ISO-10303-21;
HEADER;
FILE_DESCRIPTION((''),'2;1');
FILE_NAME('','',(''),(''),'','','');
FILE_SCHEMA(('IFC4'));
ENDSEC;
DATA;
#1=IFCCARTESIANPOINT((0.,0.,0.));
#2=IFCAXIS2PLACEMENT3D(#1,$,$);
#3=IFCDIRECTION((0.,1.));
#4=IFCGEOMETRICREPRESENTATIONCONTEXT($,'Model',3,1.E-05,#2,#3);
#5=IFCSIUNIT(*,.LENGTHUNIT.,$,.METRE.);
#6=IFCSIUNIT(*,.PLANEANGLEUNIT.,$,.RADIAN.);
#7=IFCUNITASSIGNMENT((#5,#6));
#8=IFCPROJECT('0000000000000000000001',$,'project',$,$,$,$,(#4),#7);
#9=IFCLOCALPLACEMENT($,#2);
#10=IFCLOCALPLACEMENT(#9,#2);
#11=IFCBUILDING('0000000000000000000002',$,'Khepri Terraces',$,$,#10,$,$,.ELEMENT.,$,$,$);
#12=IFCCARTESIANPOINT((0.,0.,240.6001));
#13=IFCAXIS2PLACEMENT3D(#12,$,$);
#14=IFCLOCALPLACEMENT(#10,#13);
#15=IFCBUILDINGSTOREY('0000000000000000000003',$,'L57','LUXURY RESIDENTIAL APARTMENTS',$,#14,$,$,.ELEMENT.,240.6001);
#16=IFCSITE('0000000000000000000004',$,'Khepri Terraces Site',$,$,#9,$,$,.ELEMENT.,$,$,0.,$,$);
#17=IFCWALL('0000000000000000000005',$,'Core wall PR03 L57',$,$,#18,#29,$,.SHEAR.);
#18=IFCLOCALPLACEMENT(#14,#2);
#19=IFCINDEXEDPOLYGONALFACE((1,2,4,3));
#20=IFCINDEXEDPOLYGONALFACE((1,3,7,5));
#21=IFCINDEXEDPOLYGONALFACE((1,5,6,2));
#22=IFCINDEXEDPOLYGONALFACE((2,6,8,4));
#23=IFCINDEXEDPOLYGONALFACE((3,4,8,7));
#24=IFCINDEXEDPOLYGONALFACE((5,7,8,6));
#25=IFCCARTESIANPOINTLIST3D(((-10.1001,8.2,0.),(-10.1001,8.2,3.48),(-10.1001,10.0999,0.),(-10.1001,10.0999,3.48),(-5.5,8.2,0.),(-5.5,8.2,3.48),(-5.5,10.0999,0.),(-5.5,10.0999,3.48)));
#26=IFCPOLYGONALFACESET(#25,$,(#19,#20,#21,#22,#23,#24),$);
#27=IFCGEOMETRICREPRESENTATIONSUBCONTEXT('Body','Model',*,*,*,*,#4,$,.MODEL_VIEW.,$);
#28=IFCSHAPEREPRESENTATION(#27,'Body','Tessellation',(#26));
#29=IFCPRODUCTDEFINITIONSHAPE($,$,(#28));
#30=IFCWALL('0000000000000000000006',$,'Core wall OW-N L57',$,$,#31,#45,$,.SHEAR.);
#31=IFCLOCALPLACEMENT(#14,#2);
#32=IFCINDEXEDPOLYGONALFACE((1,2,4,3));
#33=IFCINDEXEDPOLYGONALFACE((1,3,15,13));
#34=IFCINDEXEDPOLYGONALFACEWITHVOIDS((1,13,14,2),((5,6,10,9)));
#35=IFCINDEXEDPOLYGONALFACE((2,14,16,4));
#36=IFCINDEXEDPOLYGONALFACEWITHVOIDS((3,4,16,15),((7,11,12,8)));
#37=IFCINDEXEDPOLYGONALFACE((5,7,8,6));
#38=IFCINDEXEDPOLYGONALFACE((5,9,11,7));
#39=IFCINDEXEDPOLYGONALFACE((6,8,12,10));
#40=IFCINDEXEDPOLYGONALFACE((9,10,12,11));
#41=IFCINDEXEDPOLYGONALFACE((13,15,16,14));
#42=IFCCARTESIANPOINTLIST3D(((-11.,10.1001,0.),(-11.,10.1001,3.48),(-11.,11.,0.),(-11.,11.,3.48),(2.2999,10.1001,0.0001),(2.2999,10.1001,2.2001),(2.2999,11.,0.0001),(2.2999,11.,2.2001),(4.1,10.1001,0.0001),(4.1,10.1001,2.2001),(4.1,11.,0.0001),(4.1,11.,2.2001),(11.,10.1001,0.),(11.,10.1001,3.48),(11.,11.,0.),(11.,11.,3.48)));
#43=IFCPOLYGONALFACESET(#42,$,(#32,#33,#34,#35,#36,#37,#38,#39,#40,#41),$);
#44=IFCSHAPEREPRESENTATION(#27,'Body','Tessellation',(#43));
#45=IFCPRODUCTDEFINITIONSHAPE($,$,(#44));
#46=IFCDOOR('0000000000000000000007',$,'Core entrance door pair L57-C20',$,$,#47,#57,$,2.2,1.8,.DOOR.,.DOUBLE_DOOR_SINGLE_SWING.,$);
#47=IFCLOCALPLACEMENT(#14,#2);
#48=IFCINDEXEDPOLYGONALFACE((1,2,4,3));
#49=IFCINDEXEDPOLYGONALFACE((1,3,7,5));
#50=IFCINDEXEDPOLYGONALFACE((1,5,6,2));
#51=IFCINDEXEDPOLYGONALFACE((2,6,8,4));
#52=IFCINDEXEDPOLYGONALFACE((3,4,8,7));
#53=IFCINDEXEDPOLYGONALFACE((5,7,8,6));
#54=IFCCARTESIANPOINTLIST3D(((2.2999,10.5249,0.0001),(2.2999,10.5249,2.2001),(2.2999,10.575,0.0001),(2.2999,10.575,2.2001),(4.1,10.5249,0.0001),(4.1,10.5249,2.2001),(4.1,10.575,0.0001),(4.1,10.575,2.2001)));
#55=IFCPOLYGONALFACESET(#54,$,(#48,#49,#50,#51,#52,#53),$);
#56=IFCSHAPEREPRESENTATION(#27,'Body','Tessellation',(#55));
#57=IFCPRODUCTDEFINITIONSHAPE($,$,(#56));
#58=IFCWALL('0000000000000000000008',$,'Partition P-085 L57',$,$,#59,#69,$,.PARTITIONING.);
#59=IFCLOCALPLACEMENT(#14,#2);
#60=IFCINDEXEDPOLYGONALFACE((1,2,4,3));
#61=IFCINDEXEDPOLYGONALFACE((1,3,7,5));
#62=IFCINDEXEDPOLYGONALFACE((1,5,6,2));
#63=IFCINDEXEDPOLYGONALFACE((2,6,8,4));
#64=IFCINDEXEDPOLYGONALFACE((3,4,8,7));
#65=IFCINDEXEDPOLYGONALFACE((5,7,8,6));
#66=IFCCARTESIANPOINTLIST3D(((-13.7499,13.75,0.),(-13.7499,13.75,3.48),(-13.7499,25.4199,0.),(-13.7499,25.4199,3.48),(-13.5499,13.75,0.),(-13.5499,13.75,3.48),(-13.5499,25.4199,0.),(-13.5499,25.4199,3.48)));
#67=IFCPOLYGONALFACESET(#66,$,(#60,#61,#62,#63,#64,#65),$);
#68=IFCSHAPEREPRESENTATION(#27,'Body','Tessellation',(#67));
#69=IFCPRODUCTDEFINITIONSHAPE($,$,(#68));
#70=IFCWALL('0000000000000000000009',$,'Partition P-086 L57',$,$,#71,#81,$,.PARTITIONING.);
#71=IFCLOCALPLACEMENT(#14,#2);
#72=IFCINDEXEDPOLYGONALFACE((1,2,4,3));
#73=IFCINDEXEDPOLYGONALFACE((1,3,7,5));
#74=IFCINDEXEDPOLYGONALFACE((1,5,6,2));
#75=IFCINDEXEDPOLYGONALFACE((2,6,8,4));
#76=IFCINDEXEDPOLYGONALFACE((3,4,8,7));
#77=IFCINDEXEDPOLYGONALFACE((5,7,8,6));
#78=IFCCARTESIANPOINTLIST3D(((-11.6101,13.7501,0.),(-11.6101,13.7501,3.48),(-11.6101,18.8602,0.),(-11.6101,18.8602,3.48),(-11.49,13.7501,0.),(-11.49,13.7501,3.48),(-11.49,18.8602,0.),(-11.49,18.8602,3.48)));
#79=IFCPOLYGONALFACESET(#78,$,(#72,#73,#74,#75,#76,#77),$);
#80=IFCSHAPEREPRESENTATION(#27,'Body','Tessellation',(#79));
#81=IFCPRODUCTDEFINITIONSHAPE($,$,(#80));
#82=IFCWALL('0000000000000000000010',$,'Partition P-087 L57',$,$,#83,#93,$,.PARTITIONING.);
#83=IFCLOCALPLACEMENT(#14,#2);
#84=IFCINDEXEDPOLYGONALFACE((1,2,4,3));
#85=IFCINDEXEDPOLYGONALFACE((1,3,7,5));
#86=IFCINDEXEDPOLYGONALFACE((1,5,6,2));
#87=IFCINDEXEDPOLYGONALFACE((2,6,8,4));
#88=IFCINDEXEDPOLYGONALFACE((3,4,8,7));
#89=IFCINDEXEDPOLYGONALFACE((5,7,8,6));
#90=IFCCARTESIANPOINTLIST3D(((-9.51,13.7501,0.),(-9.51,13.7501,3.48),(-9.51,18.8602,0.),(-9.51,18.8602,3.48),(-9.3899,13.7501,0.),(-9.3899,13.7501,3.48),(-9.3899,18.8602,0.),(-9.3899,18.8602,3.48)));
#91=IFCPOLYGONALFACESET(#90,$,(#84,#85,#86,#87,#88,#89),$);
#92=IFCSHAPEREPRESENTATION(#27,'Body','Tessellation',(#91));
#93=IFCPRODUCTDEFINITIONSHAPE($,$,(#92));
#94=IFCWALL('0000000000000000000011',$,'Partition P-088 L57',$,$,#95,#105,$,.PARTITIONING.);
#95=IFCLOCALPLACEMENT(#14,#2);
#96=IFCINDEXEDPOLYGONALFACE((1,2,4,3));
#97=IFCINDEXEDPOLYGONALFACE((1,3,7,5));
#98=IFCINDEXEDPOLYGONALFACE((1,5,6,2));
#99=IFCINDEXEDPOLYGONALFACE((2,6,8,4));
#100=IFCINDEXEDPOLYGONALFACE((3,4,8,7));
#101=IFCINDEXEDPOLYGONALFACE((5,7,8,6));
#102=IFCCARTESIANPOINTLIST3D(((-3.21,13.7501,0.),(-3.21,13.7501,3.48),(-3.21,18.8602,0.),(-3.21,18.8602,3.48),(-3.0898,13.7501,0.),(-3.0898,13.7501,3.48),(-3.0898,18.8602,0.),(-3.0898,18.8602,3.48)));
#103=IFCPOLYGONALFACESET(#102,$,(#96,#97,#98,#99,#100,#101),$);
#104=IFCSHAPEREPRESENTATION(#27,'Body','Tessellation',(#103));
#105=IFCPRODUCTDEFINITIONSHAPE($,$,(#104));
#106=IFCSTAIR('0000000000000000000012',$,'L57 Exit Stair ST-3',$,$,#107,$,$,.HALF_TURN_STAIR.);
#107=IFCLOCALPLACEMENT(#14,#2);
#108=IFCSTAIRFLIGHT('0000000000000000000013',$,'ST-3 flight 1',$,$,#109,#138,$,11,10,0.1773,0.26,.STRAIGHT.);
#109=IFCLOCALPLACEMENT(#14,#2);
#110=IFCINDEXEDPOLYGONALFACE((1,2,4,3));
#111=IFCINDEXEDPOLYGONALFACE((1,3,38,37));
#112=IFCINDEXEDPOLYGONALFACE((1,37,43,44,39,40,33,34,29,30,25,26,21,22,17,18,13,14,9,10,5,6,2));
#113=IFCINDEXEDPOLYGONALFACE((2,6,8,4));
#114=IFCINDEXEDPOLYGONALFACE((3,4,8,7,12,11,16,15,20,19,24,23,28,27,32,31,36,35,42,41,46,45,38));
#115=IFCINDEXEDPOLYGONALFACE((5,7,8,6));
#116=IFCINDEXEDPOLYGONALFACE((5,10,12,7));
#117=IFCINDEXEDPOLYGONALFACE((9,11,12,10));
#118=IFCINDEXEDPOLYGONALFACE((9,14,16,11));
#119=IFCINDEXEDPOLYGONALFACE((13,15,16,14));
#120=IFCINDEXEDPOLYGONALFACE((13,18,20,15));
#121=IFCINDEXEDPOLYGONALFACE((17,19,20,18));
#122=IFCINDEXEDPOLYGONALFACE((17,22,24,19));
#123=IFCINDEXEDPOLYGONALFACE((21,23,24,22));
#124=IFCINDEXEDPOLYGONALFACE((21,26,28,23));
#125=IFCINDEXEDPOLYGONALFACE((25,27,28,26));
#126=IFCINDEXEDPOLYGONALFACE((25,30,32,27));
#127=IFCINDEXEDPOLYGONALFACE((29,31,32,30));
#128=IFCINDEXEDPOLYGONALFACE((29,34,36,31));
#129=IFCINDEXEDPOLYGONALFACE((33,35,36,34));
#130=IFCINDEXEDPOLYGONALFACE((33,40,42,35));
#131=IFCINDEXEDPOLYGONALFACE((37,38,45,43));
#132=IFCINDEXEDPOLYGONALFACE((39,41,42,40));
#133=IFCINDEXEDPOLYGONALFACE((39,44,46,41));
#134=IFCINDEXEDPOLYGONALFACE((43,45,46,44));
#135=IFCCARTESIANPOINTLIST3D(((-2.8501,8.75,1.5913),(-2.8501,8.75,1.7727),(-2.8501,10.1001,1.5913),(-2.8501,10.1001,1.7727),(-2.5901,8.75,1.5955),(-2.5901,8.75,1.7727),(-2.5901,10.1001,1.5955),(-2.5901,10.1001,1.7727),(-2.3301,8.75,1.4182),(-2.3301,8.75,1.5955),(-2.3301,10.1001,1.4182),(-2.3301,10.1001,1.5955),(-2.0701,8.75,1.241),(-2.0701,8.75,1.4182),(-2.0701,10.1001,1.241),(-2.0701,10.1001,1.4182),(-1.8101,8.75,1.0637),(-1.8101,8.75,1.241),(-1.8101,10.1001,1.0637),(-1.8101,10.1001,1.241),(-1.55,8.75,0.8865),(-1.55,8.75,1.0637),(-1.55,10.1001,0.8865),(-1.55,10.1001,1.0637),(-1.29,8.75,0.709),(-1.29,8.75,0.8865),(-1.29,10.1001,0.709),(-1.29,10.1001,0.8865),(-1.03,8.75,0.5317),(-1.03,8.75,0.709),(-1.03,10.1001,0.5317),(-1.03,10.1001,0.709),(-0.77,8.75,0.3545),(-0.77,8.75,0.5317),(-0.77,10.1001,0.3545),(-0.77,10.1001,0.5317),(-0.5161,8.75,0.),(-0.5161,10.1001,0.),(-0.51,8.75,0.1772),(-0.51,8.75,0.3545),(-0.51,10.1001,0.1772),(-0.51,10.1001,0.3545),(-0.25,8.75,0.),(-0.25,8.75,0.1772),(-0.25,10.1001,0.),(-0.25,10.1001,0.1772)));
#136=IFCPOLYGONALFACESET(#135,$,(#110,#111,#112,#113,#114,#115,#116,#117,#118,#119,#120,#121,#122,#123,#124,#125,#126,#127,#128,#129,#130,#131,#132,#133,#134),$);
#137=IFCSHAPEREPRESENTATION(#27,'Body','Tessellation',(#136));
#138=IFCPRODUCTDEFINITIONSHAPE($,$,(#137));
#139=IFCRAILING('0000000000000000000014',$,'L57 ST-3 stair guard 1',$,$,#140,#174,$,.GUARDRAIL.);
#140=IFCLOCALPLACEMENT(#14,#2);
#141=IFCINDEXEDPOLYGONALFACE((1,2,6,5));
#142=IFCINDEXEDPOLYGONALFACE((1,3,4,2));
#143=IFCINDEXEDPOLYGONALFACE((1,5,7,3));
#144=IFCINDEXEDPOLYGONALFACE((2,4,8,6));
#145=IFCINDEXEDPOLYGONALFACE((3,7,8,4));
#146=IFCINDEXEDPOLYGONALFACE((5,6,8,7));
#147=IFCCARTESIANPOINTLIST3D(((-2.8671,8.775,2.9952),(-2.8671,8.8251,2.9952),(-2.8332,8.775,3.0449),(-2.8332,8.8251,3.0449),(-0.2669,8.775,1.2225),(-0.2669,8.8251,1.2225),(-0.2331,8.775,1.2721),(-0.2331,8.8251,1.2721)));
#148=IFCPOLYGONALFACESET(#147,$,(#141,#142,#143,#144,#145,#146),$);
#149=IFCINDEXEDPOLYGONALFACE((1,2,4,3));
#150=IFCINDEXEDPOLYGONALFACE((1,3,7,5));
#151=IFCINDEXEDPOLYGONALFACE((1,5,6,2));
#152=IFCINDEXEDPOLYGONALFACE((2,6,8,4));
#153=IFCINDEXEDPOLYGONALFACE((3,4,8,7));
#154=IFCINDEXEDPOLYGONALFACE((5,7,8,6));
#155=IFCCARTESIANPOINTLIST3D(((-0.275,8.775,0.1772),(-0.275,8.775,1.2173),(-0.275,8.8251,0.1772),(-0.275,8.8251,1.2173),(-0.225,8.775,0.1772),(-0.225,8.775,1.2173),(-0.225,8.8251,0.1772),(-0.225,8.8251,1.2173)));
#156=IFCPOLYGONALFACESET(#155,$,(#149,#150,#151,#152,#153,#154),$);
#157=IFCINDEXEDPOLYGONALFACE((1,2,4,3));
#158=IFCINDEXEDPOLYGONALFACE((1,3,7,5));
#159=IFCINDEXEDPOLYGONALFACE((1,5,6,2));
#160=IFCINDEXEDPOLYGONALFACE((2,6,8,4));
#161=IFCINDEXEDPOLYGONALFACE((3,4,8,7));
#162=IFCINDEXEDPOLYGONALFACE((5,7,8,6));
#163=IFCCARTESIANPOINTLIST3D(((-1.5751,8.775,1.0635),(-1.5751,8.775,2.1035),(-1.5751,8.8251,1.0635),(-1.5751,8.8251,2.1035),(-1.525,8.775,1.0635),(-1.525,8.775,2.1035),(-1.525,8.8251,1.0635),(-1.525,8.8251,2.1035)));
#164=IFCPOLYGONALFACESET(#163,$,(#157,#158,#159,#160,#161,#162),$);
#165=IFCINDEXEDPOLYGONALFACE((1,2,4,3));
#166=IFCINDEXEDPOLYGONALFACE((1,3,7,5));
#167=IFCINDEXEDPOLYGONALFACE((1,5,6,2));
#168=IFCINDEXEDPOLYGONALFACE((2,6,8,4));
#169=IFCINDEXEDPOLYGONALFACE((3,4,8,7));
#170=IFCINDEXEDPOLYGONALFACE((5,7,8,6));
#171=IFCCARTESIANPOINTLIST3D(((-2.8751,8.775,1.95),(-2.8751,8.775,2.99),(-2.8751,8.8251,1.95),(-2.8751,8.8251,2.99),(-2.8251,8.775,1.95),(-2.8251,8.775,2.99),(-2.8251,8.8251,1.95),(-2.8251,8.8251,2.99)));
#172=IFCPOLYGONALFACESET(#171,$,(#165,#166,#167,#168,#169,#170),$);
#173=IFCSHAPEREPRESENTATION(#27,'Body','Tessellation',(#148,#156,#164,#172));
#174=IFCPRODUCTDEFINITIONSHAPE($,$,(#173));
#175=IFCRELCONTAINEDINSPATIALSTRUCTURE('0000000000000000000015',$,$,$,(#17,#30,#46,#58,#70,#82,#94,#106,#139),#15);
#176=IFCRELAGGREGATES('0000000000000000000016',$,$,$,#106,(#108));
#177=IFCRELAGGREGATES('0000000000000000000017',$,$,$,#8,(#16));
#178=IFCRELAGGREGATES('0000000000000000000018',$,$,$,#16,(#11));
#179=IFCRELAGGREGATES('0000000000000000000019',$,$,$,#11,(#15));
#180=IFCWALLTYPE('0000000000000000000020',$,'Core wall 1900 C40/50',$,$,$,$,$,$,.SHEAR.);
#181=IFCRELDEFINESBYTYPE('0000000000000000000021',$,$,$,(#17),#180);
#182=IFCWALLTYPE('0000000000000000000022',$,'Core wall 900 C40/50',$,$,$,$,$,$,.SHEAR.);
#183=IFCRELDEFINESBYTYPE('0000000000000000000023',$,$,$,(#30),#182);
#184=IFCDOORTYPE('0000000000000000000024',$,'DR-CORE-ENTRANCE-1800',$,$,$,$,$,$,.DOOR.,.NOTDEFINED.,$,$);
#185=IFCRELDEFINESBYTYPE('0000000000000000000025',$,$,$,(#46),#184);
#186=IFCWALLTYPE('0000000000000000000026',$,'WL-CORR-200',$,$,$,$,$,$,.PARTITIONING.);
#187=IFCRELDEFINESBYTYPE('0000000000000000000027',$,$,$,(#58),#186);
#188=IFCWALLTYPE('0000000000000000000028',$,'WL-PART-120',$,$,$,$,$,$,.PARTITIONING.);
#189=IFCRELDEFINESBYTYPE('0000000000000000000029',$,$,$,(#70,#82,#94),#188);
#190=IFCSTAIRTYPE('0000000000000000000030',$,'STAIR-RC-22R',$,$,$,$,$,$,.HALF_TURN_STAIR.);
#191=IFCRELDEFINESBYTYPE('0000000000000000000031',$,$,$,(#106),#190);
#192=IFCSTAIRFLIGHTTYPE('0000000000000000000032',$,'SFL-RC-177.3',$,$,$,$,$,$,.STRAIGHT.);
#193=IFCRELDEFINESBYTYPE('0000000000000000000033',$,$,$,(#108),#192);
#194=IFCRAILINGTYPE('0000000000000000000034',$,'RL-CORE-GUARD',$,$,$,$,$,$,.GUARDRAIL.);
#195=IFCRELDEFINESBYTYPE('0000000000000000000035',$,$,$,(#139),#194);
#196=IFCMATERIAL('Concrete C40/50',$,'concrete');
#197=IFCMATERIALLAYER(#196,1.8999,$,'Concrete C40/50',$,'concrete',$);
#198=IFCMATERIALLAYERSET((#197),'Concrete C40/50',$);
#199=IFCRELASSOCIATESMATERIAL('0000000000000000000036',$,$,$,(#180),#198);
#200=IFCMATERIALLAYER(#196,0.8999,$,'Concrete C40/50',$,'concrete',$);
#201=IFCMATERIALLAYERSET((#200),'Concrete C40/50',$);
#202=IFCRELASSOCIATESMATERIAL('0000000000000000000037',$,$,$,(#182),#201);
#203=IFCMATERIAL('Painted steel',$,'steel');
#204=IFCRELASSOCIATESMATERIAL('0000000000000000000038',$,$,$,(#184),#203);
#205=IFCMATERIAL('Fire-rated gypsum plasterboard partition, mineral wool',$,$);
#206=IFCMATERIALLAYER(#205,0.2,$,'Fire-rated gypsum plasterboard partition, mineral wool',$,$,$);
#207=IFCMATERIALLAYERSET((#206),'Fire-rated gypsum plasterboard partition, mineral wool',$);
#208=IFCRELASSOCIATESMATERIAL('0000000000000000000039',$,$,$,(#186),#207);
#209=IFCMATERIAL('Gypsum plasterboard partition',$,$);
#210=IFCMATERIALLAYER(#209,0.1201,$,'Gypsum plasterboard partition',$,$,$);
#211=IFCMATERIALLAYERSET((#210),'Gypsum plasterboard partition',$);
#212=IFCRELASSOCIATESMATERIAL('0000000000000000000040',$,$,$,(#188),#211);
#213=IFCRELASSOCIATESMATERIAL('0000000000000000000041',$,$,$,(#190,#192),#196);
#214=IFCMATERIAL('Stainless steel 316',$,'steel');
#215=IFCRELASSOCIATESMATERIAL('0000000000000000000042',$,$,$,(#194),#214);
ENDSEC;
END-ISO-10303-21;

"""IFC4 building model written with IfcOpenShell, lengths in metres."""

from ifc_helpers import new_model, si_unit, direction, frame, frame_2d, origin, origin_2d, place, context, subcontext, project, spatial, polyline, rectangle, outline, extrude, material, layer, layer_set, type_object, element, fill, aggregate, save


model = new_model("IFC4")

# Units and contexts
model_context = context("Model", 3, precision=1e-05, world=origin(), true_north=direction((0.0, 1.0)))
body_context = subcontext(model_context, "Body", "Model", "MODEL_VIEW")
ifc_project = project(units=[si_unit("LENGTHUNIT", "METRE"), si_unit("PLANEANGLEUNIT", "RADIAN")], contexts=[model_context])

# Site, building, storey
site_placement = place(None, origin())
site = spatial("IfcSite", under=ifc_project, at=site_placement, Name="Khepri Terraces Site", CompositionType="ELEMENT", RefElevation=0.0)
building_placement = place(site_placement, origin())
building = spatial("IfcBuilding", under=site, at=building_placement, Name="Khepri Terraces", CompositionType="ELEMENT")
storey_placement = place(building_placement, frame((0.0, 0.0, 240.6001)))
storey = spatial("IfcBuildingStorey", under=building, at=storey_placement, Name="L57", Description="LUXURY RESIDENTIAL APARTMENTS", CompositionType="ELEMENT", Elevation=240.6001)

# Wall
ifc_material_1 = material(Name="Concrete C40/50", Category="concrete")
ifc_layer_1 = layer(ifc_material_1, 1.8999, Name="Concrete C40/50", Category="concrete")
ifc_layer_set_1 = layer_set([ifc_layer_1], Name="Concrete C40/50")
wall_type_1 = type_object("IfcWallType", Name="Core wall 1900 C40/50", PredefinedType="SHEAR", material=ifc_layer_set_1)
wall_1_placement = place(storey_placement, frame((-10.1001, 9.1499, 0.0), z_axis=(0.0, 0.0, 1.0), x_axis=(1.0, 0.0, 0.0)))
element("IfcWall", 1, at=wall_1_placement, inside=storey, type_object=wall_type_1, Name="Core wall PR03 L57", PredefinedType="SHEAR", context=body_context, shape_type="SweptSolid", body=[
    extrude(rectangle(XDim=4.6001, YDim=1.8999, at=frame_2d((2.3, 0.0))), origin(), (0.0, 0.0, 1.0), 3.48),
])

# Wall, opening, door
ifc_layer_2 = layer(ifc_material_1, 0.8999, Name="Concrete C40/50", Category="concrete")
ifc_layer_set_2 = layer_set([ifc_layer_2], Name="Concrete C40/50")
wall_type_2 = type_object("IfcWallType", Name="Core wall 900 C40/50", PredefinedType="SHEAR", material=ifc_layer_set_2)
wall_2_placement = place(storey_placement, frame((-11.0, 10.55, 0.0), z_axis=(0.0, 0.0, 1.0), x_axis=(1.0, 0.0, 0.0)))
wall_2 = element("IfcWall", 2, at=wall_2_placement, inside=storey, type_object=wall_type_2, Name="Core wall OW-N L57", PredefinedType="SHEAR", context=body_context, shape_type="SweptSolid", body=[
    extrude(rectangle(XDim=22.0, YDim=0.8999, at=frame_2d((11.0, 0.0))), origin(), (0.0, 0.0, 1.0), 3.48),
])
opening_placement = place(wall_2_placement, frame((13.3, 0.0, 0.0)))
opening = element("IfcOpeningElement", 3, at=opening_placement, cuts=wall_2, PredefinedType="OPENING", context=body_context, shape_type="SweptSolid", body=[
    extrude(rectangle(XDim=1.8, YDim=2.2, at=frame_2d((0.8999, 1.1001))), frame((0.0, 0.46, 0.0), z_axis=(0.0, -1.0, 0.0), x_axis=(1.0, 0.0, 0.0)), (0.0, 0.0, 1.0), 0.9199),
])
ifc_material_2 = material(Name="Painted steel", Category="steel")
door_type = type_object("IfcDoorType", Name="DR-CORE-ENTRANCE-1800", OperationType="NOTDEFINED", PredefinedType="DOOR", material=ifc_material_2)
door_placement = place(opening_placement, origin())
door = element("IfcDoor", 4, at=door_placement, inside=storey, type_object=door_type, Name="Core entrance door pair L57-C20", OperationType="DOUBLE_DOOR_SINGLE_SWING", OverallHeight=2.2, OverallWidth=1.8, PredefinedType="DOOR", context=body_context, shape_type="SweptSolid", body=[
    extrude(rectangle(XDim=1.8, YDim=2.2, at=frame_2d((0.8999, 1.1001))), frame((0.0, 0.0249, 0.0), z_axis=(0.0, -1.0, 0.0), x_axis=(1.0, 0.0, 0.0)), (0.0, 0.0, 1.0), 0.05),
])
fill(opening, door)

# Walls
ifc_material_3 = material(Name="Fire-rated gypsum plasterboard partition, mineral wool")
ifc_layer_3 = layer(ifc_material_3, 0.2, Name="Fire-rated gypsum plasterboard partition, mineral wool")
ifc_layer_set_3 = layer_set([ifc_layer_3], Name="Fire-rated gypsum plasterboard partition, mineral wool")
wall_type_3 = type_object("IfcWallType", Name="WL-CORR-200", PredefinedType="PARTITIONING", material=ifc_layer_set_3)
wall_3_placement = place(storey_placement, frame((-13.6499, 13.75, 0.0), z_axis=(0.0, 0.0, 1.0), x_axis=(0.0, 1.0, 0.0)))
element("IfcWall", 5, at=wall_3_placement, inside=storey, type_object=wall_type_3, Name="Partition P-085 L57", PredefinedType="PARTITIONING", context=body_context, shape_type="SweptSolid", body=[
    extrude(rectangle(XDim=11.6699, YDim=0.2, at=frame_2d((5.835, 0.0))), origin(), (0.0, 0.0, 1.0), 3.48),
])
ifc_material_4 = material(Name="Gypsum plasterboard partition")
ifc_layer_4 = layer(ifc_material_4, 0.1201, Name="Gypsum plasterboard partition")
ifc_layer_set_4 = layer_set([ifc_layer_4], Name="Gypsum plasterboard partition")
wall_type_4 = type_object("IfcWallType", Name="WL-PART-120", PredefinedType="PARTITIONING", material=ifc_layer_set_4)
for number, where, z_axis, x_axis, name in (
    (6, (-11.55, 13.75, 0.0), (0.0, 0.0, 1.0), (0.0, 1.0, 0.0), "Partition P-086 L57"),
    (7, (-9.45, 13.75, 0.0), (0.0, 0.0, 1.0), (0.0, 1.0, 0.0), "Partition P-087 L57"),
    (8, (-3.1499, 13.75, 0.0), (0.0, 0.0, 1.0), (0.0, 1.0, 0.0), "Partition P-088 L57"),
):
    element("IfcWall", number, at=place(storey_placement, frame(where, z_axis=z_axis, x_axis=x_axis)), inside=storey, type_object=wall_type_4, Name=name, PredefinedType="PARTITIONING", context=body_context, shape_type="SweptSolid", body=[
        extrude(rectangle(XDim=5.1101, YDim=0.1201, at=frame_2d((2.5552, 0.0))), origin(), (0.0, 0.0, 1.0), 3.48),
    ])

# Stair, stair flight
stair_type = type_object("IfcStairType", Name="STAIR-RC-22R", PredefinedType="HALF_TURN_STAIR", material=ifc_material_1)
stair_placement = place(storey_placement, origin())
stair = element("IfcStair", 9, at=stair_placement, inside=storey, type_object=stair_type, Name="L57 Exit Stair ST-3", PredefinedType="HALF_TURN_STAIR")
stair_flight_type = type_object("IfcStairFlightType", Name="SFL-RC-177.3", PredefinedType="STRAIGHT", material=ifc_material_1)
stair_flight_placement = place(storey_placement, frame((-0.25, 9.425, 0.0), z_axis=(0.0, 0.0, 1.0), x_axis=(-1.0, 0.0, 0.0)))
stair_flight = element("IfcStairFlight", 10, at=stair_flight_placement, type_object=stair_flight_type, Name="ST-3 flight 1", NumberOfRisers=11, NumberOfTreads=10, PredefinedType="STRAIGHT", RiserHeight=0.1773, TreadLength=0.26, context=body_context, shape_type="SweptSolid", body=[
    extrude(outline(polyline([(0.0, 0.0), (0.0, 0.1772), (0.26, 0.1772), (0.26, 0.3545), (0.52, 0.3545), (0.52, 0.5317), (0.78, 0.5317), (0.78, 0.709), (1.04, 0.709), (1.04, 0.8865), (1.3, 0.8865), (1.3, 1.0637), (1.5601, 1.0637), (1.5601, 1.241), (1.8201, 1.241), (1.8201, 1.4182), (2.0801, 1.4182), (2.0801, 1.5955), (2.3401, 1.5955), (2.3401, 1.7727), (2.6001, 1.7727), (2.6001, 1.95), (2.6001, 1.5913), (0.2661, 0.0), (0.0, 0.0)])), frame((0.0, 0.675, 0.0), z_axis=(0.0, -1.0, 0.0), x_axis=(1.0, 0.0, 0.0)), (0.0, 0.0, 1.0), 1.3501),
])
aggregate(stair, [stair_flight])

# Railing
ifc_material_5 = material(Name="Stainless steel 316", Category="steel")
railing_type_1 = type_object("IfcRailingType", Name="RL-CORE-GUARD", PredefinedType="GUARDRAIL", material=ifc_material_5)
railing_1_placement = place(storey_placement, frame((-0.25, 8.8, 0.1772)))
element("IfcRailing", 11, at=railing_1_placement, inside=storey, type_object=railing_type_1, Name="L57 ST-3 stair guard 1", PredefinedType="GUARDRAIL", context=body_context, shape_type="SweptSolid", body=[
    extrude(rectangle(XDim=0.05, YDim=0.0601, at=origin_2d()), frame((0.0, 0.0, 1.0701), z_axis=(-0.82624, 0.0, 0.563318), x_axis=(0.0, -1.0, 0.0)), (0.0, 0.0, 1.0), 3.147),
    extrude(rectangle(XDim=0.05, YDim=0.05, at=origin_2d()), origin(), (0.0, 0.0, 1.0), 1.04),
    extrude(rectangle(XDim=0.05, YDim=0.05, at=origin_2d()), frame((-1.3, 0.0, 0.8862)), (0.0, 0.0, 1.0), 1.04),
    extrude(rectangle(XDim=0.05, YDim=0.05, at=origin_2d()), frame((-2.6001, 0.0, 1.7727)), (0.0, 0.0, 1.0), 1.04),
])

save(model, "model.ifc")
